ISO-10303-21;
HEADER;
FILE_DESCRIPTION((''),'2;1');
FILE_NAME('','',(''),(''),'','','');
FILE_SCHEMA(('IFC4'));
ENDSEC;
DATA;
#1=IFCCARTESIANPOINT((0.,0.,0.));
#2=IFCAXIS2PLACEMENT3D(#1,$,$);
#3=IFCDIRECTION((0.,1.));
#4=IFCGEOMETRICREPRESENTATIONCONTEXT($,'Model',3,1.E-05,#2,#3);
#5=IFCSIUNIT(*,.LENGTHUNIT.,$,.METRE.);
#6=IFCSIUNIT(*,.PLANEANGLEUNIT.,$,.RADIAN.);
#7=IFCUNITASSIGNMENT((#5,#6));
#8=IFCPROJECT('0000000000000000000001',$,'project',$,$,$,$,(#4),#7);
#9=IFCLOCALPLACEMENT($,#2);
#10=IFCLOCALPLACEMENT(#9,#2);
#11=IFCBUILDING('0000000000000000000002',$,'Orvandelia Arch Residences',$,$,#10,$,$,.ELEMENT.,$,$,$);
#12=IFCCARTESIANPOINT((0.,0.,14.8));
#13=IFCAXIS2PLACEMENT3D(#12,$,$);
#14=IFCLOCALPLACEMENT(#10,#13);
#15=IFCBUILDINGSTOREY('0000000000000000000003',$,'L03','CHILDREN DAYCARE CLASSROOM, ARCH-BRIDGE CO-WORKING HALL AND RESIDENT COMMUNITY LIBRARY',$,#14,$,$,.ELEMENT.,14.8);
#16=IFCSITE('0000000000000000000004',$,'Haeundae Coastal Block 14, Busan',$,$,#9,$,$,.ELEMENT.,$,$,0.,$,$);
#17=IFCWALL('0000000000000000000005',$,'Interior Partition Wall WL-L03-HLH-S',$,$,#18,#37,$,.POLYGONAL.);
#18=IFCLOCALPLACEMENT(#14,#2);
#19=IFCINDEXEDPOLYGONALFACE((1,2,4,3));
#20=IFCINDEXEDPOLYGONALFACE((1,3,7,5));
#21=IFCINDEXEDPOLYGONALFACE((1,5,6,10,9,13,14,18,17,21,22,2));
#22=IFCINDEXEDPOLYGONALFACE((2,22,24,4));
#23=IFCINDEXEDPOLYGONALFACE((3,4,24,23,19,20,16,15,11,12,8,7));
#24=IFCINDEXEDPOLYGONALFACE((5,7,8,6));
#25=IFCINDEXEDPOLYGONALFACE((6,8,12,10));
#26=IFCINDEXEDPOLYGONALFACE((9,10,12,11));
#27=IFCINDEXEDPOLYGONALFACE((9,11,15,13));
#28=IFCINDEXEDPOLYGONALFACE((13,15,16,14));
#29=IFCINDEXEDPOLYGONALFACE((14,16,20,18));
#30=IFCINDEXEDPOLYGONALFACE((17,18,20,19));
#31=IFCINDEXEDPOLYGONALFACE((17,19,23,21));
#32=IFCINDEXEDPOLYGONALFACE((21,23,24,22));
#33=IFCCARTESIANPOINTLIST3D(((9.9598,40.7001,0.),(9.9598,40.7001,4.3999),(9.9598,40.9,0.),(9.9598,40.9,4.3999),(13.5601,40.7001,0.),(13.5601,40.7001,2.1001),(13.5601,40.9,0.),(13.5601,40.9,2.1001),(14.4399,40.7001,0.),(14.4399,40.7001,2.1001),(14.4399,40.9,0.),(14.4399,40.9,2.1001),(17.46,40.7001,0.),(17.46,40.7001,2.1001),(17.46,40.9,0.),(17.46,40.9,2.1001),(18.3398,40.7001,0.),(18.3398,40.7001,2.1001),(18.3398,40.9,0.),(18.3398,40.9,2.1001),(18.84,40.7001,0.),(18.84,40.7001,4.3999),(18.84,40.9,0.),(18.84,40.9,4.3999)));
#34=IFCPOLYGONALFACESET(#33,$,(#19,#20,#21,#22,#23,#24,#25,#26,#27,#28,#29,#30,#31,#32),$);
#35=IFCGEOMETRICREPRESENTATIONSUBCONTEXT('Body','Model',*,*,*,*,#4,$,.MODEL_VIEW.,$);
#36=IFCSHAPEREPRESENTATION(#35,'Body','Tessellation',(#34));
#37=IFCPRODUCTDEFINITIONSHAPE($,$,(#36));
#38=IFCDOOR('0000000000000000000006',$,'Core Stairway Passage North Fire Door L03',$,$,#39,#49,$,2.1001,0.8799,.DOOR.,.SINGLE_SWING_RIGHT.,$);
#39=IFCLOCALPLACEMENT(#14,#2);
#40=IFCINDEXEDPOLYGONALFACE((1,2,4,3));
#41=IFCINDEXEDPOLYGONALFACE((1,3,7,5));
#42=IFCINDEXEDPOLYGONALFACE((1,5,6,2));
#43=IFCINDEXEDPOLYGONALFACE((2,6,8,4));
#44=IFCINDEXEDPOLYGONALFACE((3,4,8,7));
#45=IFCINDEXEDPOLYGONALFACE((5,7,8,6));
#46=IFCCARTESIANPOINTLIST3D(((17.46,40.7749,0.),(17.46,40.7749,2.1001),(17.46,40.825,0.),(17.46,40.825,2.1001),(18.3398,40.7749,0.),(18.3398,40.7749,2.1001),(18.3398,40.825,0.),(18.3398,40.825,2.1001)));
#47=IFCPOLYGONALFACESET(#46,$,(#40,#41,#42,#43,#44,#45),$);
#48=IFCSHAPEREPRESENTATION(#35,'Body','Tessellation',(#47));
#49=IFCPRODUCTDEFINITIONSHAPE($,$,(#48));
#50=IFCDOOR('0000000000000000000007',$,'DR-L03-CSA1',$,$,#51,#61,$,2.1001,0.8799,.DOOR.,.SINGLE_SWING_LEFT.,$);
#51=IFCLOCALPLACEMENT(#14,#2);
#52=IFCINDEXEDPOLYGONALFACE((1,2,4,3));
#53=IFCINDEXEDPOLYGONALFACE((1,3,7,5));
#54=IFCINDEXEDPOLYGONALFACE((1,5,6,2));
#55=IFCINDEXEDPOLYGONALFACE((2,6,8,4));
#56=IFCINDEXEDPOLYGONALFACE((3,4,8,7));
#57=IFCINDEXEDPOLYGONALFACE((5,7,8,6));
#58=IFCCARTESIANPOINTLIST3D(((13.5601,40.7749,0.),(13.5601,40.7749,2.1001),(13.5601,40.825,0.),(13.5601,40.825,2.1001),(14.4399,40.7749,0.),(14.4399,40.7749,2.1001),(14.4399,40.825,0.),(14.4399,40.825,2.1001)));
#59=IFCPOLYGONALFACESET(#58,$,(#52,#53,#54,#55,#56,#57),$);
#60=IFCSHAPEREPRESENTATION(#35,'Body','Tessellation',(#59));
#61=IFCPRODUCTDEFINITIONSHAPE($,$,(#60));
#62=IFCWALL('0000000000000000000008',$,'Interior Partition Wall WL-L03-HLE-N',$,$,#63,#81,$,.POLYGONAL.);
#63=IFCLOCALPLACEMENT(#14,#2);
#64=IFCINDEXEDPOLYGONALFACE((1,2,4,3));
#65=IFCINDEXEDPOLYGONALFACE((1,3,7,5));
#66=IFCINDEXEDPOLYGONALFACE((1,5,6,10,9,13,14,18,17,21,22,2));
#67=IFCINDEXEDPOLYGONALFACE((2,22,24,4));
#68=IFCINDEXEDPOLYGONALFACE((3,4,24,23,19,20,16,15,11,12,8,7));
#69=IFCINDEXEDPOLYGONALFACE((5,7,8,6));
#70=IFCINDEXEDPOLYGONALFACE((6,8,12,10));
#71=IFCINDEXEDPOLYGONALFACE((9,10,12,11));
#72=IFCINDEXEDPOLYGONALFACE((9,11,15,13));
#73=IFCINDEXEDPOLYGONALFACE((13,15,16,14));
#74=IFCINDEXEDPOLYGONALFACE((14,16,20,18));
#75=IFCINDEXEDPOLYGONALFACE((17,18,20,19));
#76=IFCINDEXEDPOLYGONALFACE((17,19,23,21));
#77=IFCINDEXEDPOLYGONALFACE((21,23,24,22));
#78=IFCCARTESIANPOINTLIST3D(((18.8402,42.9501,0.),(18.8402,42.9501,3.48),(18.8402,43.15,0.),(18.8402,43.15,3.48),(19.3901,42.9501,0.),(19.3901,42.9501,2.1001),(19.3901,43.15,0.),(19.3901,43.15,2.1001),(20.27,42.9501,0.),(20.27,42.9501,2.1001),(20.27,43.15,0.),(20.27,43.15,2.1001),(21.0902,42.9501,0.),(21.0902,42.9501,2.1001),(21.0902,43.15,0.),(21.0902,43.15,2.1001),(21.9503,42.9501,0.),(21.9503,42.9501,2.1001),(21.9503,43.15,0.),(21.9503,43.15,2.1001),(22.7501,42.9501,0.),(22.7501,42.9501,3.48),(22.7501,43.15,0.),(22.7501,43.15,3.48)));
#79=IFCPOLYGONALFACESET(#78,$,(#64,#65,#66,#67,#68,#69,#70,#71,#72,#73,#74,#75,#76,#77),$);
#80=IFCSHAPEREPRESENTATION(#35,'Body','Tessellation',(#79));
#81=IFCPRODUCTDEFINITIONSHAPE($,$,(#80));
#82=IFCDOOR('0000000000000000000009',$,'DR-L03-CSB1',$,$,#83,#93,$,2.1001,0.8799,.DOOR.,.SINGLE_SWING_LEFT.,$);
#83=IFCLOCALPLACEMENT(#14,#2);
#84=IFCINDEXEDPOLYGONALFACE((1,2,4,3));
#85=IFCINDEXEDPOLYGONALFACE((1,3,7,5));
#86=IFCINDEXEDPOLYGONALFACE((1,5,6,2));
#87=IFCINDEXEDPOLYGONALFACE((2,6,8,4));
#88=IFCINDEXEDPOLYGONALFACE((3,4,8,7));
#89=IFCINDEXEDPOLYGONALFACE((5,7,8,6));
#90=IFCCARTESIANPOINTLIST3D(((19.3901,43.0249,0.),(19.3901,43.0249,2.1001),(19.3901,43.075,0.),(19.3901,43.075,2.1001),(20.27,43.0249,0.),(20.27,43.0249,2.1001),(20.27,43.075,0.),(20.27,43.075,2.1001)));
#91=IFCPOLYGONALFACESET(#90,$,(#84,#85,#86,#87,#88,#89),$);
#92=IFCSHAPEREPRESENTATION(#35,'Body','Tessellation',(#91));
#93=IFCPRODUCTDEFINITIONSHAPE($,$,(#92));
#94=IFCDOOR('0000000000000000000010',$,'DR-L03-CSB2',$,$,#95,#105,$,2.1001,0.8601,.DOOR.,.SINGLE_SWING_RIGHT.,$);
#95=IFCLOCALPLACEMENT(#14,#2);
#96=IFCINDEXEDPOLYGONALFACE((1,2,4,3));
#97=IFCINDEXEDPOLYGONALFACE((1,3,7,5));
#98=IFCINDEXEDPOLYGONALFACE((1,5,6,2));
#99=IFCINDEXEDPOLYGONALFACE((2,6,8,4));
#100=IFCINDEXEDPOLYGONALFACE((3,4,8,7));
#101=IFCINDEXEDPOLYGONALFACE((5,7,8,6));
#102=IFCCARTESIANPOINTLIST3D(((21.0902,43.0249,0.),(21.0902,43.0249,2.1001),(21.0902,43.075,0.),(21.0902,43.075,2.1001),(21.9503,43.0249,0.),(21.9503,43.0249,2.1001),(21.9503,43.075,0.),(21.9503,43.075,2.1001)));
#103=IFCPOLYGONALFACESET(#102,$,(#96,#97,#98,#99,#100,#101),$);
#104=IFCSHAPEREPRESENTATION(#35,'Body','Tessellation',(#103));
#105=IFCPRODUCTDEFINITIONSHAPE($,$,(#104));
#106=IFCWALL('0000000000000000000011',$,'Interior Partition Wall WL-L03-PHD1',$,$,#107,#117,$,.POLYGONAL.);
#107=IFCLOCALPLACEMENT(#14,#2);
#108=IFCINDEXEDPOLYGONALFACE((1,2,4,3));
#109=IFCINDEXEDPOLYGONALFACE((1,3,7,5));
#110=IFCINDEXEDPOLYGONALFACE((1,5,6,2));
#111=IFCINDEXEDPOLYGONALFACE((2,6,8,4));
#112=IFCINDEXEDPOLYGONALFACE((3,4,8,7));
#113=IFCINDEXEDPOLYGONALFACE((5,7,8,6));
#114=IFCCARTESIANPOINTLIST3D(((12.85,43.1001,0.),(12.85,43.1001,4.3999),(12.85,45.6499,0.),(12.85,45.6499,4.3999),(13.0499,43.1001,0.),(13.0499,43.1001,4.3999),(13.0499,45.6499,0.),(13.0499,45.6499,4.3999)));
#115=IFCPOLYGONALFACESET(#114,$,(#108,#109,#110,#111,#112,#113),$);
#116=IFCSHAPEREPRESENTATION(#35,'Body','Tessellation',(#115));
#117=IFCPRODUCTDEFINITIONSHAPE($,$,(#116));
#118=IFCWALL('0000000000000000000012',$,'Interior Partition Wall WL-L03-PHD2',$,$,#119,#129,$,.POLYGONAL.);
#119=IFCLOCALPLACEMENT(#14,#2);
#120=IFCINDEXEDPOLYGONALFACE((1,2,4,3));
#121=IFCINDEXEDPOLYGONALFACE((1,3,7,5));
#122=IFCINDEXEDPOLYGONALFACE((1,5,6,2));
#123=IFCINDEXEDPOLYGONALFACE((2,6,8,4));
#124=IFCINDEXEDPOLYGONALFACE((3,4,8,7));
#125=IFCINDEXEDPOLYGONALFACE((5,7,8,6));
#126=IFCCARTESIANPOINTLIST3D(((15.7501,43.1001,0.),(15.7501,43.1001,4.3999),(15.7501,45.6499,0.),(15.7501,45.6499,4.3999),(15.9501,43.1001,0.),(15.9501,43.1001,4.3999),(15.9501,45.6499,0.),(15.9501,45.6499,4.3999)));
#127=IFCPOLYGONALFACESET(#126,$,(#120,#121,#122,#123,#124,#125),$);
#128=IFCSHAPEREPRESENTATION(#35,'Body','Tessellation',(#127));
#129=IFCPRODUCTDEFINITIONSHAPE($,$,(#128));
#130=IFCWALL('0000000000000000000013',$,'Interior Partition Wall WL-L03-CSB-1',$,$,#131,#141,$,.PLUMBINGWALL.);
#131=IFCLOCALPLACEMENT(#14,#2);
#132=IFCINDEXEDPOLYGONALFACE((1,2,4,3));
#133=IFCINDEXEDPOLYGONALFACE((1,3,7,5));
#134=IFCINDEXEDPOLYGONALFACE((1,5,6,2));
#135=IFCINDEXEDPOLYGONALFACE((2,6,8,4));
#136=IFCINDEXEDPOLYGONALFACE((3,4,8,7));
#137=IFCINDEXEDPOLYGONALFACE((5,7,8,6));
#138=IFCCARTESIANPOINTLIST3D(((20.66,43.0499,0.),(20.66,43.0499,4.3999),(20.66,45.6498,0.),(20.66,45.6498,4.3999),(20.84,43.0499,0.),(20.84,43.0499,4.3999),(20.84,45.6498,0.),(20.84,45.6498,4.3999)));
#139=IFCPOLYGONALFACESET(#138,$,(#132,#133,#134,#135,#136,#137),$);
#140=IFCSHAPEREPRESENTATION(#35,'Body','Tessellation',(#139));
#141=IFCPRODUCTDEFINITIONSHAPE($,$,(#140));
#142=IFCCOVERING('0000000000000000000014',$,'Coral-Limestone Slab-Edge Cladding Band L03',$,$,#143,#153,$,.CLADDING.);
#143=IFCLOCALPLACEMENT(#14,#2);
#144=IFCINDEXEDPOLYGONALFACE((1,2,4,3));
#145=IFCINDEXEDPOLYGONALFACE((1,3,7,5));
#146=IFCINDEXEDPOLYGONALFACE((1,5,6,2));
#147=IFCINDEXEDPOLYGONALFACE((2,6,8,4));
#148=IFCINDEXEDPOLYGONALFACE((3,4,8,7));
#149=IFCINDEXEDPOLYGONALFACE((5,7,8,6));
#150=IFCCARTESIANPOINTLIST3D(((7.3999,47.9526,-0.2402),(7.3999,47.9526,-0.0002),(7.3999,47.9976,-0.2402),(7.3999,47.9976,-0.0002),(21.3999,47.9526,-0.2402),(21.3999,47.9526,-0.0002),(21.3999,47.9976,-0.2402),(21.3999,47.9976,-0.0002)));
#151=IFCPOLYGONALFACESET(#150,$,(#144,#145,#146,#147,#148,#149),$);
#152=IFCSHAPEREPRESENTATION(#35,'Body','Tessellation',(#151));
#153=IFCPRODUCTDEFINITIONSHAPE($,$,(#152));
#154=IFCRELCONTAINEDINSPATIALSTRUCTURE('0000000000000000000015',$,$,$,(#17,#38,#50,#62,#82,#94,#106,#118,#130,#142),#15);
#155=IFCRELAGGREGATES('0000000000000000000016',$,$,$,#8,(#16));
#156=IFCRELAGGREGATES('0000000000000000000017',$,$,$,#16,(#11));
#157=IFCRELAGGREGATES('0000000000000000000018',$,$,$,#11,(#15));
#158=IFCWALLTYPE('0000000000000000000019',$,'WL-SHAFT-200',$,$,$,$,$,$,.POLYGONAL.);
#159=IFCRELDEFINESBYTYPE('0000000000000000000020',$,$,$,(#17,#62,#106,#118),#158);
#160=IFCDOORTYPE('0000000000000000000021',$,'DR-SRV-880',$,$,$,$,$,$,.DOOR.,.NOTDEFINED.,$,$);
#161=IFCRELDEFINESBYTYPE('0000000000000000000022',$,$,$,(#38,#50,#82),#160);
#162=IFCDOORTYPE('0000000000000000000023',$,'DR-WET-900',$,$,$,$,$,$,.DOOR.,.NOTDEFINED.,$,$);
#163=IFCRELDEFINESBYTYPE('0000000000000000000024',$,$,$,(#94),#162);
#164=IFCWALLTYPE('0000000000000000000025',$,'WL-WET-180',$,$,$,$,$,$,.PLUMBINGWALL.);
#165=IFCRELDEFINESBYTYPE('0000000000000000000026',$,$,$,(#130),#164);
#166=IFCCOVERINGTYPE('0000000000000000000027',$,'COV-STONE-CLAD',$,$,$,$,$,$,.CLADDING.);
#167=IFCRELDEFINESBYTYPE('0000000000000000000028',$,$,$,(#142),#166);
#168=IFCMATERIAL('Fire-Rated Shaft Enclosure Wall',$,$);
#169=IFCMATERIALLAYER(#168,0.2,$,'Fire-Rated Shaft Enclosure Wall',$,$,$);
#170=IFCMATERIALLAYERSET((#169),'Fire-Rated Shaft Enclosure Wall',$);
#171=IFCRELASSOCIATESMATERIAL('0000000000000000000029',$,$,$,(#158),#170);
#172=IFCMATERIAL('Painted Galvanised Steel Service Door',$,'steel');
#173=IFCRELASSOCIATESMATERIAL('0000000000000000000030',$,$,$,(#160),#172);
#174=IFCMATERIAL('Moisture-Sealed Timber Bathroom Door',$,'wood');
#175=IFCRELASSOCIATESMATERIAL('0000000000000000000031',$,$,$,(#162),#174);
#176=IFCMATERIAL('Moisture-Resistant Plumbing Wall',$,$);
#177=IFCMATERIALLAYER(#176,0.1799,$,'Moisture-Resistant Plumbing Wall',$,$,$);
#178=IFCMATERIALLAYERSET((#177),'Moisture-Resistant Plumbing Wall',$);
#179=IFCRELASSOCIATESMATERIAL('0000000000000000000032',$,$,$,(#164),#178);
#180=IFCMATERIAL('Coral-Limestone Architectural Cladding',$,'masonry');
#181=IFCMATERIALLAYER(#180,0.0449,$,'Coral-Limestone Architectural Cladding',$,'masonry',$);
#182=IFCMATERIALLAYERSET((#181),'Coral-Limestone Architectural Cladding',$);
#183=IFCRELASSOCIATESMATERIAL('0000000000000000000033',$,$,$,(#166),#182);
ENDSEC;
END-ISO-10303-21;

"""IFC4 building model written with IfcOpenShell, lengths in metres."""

from ifc_helpers import new_model, si_unit, direction, frame, frame_2d, origin, origin_2d, place, context, subcontext, project, spatial, rectangle, extrude, material, layer, layer_set, type_object, element, fill, save


model = new_model("IFC4")

# Units and contexts
model_context = context("Model", 3, precision=1e-05, world=origin(), true_north=direction((0.0, 1.0)))
body_context = subcontext(model_context, "Body", "Model", "MODEL_VIEW")
ifc_project = project(units=[si_unit("LENGTHUNIT", "METRE"), si_unit("PLANEANGLEUNIT", "RADIAN")], contexts=[model_context])

# Site, building, storey
site_placement = place(None, origin())
site = spatial("IfcSite", under=ifc_project, at=site_placement, Name="Haeundae Coastal Block 14, Busan", CompositionType="ELEMENT", RefElevation=0.0)
building_placement = place(site_placement, origin())
building = spatial("IfcBuilding", under=site, at=building_placement, Name="Orvandelia Arch Residences", CompositionType="ELEMENT")
storey_placement = place(building_placement, frame((0.0, 0.0, 14.8)))
storey = spatial("IfcBuildingStorey", under=building, at=storey_placement, Name="L03", Description="CHILDREN DAYCARE CLASSROOM, ARCH-BRIDGE CO-WORKING HALL AND RESIDENT COMMUNITY LIBRARY", CompositionType="ELEMENT", Elevation=14.8)

# Shared definitions
ifc_material_1 = material(Name="Fire-Rated Shaft Enclosure Wall")
ifc_layer_1 = layer(ifc_material_1, 0.2, Name="Fire-Rated Shaft Enclosure Wall")
ifc_layer_set_1 = layer_set([ifc_layer_1], Name="Fire-Rated Shaft Enclosure Wall")
wall_type_1 = type_object("IfcWallType", Name="WL-SHAFT-200", PredefinedType="POLYGONAL", material=ifc_layer_set_1)

# Walls, openings, doors
wall_1_placement = place(storey_placement, frame((9.96, 40.8, 0.0), z_axis=(0.0, 0.0, 1.0), x_axis=(1.0, 0.0, 0.0)))
wall_1 = element("IfcWall", 1, at=wall_1_placement, inside=storey, type_object=wall_type_1, Name="Interior Partition Wall WL-L03-HLH-S", PredefinedType="POLYGONAL", context=body_context, shape_type="SweptSolid", body=[
    extrude(rectangle(XDim=8.8801, YDim=0.2, at=frame_2d((4.4399, 0.0))), origin(), (0.0, 0.0, 1.0), 4.3999),
])
opening_1_placement = place(wall_1_placement, frame((7.5, 0.0, 0.0)))
opening_1 = element("IfcOpeningElement", 2, at=opening_1_placement, cuts=wall_1, PredefinedType="OPENING", context=body_context, shape_type="SweptSolid", body=[
    extrude(rectangle(XDim=0.8799, YDim=2.1001, at=frame_2d((0.4399, 1.05))), frame((0.0, 0.1099, 0.0), z_axis=(0.0, -1.0, 0.0), x_axis=(1.0, 0.0, 0.0)), (0.0, 0.0, 1.0), 0.22),
])
opening_2_placement = place(wall_1_placement, frame((3.6001, 0.0, 0.0)))
opening_2 = element("IfcOpeningElement", 3, at=opening_2_placement, cuts=wall_1, PredefinedType="OPENING", context=body_context, shape_type="SweptSolid", body=[
    extrude(rectangle(XDim=0.8799, YDim=2.1001, at=frame_2d((0.4399, 1.05))), frame((0.0, 0.1099, 0.0), z_axis=(0.0, -1.0, 0.0), x_axis=(1.0, 0.0, 0.0)), (0.0, 0.0, 1.0), 0.22),
])
ifc_material_2 = material(Name="Painted Galvanised Steel Service Door", Category="steel")
door_type_1 = type_object("IfcDoorType", Name="DR-SRV-880", OperationType="NOTDEFINED", PredefinedType="DOOR", material=ifc_material_2)
door_1_placement = place(opening_1_placement, origin())
door_1 = element("IfcDoor", 4, at=door_1_placement, inside=storey, type_object=door_type_1, Name="Core Stairway Passage North Fire Door L03", OperationType="SINGLE_SWING_RIGHT", OverallHeight=2.1001, OverallWidth=0.8799, PredefinedType="DOOR", context=body_context, shape_type="SweptSolid", body=[
    extrude(rectangle(XDim=0.8799, YDim=2.1001, at=frame_2d((0.4399, 1.05))), frame((0.0, 0.0249, 0.0), z_axis=(0.0, -1.0, 0.0), x_axis=(1.0, 0.0, 0.0)), (0.0, 0.0, 1.0), 0.05),
])
fill(opening_1, door_1)
door_2_placement = place(opening_2_placement, origin())
door_2 = element("IfcDoor", 5, at=door_2_placement, inside=storey, type_object=door_type_1, Name="DR-L03-CSA1", OperationType="SINGLE_SWING_LEFT", OverallHeight=2.1001, OverallWidth=0.8799, PredefinedType="DOOR", context=body_context, shape_type="SweptSolid", body=[
    extrude(rectangle(XDim=0.8799, YDim=2.1001, at=frame_2d((0.4399, 1.05))), frame((0.0, 0.0249, 0.0), z_axis=(0.0, -1.0, 0.0), x_axis=(1.0, 0.0, 0.0)), (0.0, 0.0, 1.0), 0.05),
])
fill(opening_2, door_2)
wall_2_placement = place(storey_placement, frame((18.8401, 43.05, 0.0), z_axis=(0.0, 0.0, 1.0), x_axis=(1.0, 0.0, 0.0)))
wall_2 = element("IfcWall", 6, at=wall_2_placement, inside=storey, type_object=wall_type_1, Name="Interior Partition Wall WL-L03-HLE-N", PredefinedType="POLYGONAL", context=body_context, shape_type="SweptSolid", body=[
    extrude(rectangle(XDim=3.9099, YDim=0.2, at=frame_2d((1.9551, 0.0))), origin(), (0.0, 0.0, 1.0), 3.48),
])
opening_3_placement = place(wall_2_placement, frame((0.55, 0.0, 0.0)))
opening_3 = element("IfcOpeningElement", 7, at=opening_3_placement, cuts=wall_2, PredefinedType="OPENING", context=body_context, shape_type="SweptSolid", body=[
    extrude(rectangle(XDim=0.8799, YDim=2.1001, at=frame_2d((0.4399, 1.05))), frame((0.0, 0.1099, 0.0), z_axis=(0.0, -1.0, 0.0), x_axis=(1.0, 0.0, 0.0)), (0.0, 0.0, 1.0), 0.22),
])
opening_4_placement = place(wall_2_placement, frame((2.25, 0.0, 0.0)))
opening_4 = element("IfcOpeningElement", 8, at=opening_4_placement, cuts=wall_2, PredefinedType="OPENING", context=body_context, shape_type="SweptSolid", body=[
    extrude(rectangle(XDim=0.8601, YDim=2.1001, at=frame_2d((0.4302, 1.05))), frame((0.0, 0.1099, 0.0), z_axis=(0.0, -1.0, 0.0), x_axis=(1.0, 0.0, 0.0)), (0.0, 0.0, 1.0), 0.22),
])
door_3_placement = place(opening_3_placement, origin())
door_3 = element("IfcDoor", 9, at=door_3_placement, inside=storey, type_object=door_type_1, Name="DR-L03-CSB1", OperationType="SINGLE_SWING_LEFT", OverallHeight=2.1001, OverallWidth=0.8799, PredefinedType="DOOR", context=body_context, shape_type="SweptSolid", body=[
    extrude(rectangle(XDim=0.8799, YDim=2.1001, at=frame_2d((0.4399, 1.05))), frame((0.0, 0.0249, 0.0), z_axis=(0.0, -1.0, 0.0), x_axis=(1.0, 0.0, 0.0)), (0.0, 0.0, 1.0), 0.05),
])
fill(opening_3, door_3)
ifc_material_3 = material(Name="Moisture-Sealed Timber Bathroom Door", Category="wood")
door_type_2 = type_object("IfcDoorType", Name="DR-WET-900", OperationType="NOTDEFINED", PredefinedType="DOOR", material=ifc_material_3)
door_4_placement = place(opening_4_placement, origin())
door_4 = element("IfcDoor", 10, at=door_4_placement, inside=storey, type_object=door_type_2, Name="DR-L03-CSB2", OperationType="SINGLE_SWING_RIGHT", OverallHeight=2.1001, OverallWidth=0.8601, PredefinedType="DOOR", context=body_context, shape_type="SweptSolid", body=[
    extrude(rectangle(XDim=0.8601, YDim=2.1001, at=frame_2d((0.4302, 1.05))), frame((0.0, 0.0249, 0.0), z_axis=(0.0, -1.0, 0.0), x_axis=(1.0, 0.0, 0.0)), (0.0, 0.0, 1.0), 0.05),
])
fill(opening_4, door_4)

# Walls
for number, where, z_axis, x_axis, name in (
    (11, (12.95, 43.1001, 0.0), (0.0, 0.0, 1.0), (0.0, 1.0, 0.0), "Interior Partition Wall WL-L03-PHD1"),
    (12, (15.8501, 43.1001, 0.0), (0.0, 0.0, 1.0), (0.0, 1.0, 0.0), "Interior Partition Wall WL-L03-PHD2"),
):
    element("IfcWall", number, at=place(storey_placement, frame(where, z_axis=z_axis, x_axis=x_axis)), inside=storey, type_object=wall_type_1, Name=name, PredefinedType="POLYGONAL", context=body_context, shape_type="SweptSolid", body=[
        extrude(rectangle(XDim=2.5498, YDim=0.2, at=frame_2d((1.2749, 0.0))), origin(), (0.0, 0.0, 1.0), 4.3999),
    ])
ifc_material_4 = material(Name="Moisture-Resistant Plumbing Wall")
ifc_layer_2 = layer(ifc_material_4, 0.1799, Name="Moisture-Resistant Plumbing Wall")
ifc_layer_set_2 = layer_set([ifc_layer_2], Name="Moisture-Resistant Plumbing Wall")
wall_type_2 = type_object("IfcWallType", Name="WL-WET-180", PredefinedType="PLUMBINGWALL", material=ifc_layer_set_2)
wall_3_placement = place(storey_placement, frame((20.75, 43.05, 0.0), z_axis=(0.0, 0.0, 1.0), x_axis=(0.0, 1.0, 0.0)))
element("IfcWall", 13, at=wall_3_placement, inside=storey, type_object=wall_type_2, Name="Interior Partition Wall WL-L03-CSB-1", PredefinedType="PLUMBINGWALL", context=body_context, shape_type="SweptSolid", body=[
    extrude(rectangle(XDim=2.5999, YDim=0.1799, at=frame_2d((1.2998, 0.0))), origin(), (0.0, 0.0, 1.0), 4.3999),
])

# Covering
ifc_material_5 = material(Name="Coral-Limestone Architectural Cladding", Category="masonry")
ifc_layer_3 = layer(ifc_material_5, 0.0449, Name="Coral-Limestone Architectural Cladding", Category="masonry")
ifc_layer_set_3 = layer_set([ifc_layer_3], Name="Coral-Limestone Architectural Cladding")
covering_type = type_object("IfcCoveringType", Name="COV-STONE-CLAD", PredefinedType="CLADDING", material=ifc_layer_set_3)
covering_placement = place(storey_placement, frame((14.3999, 47.9751, -0.2402), z_axis=(0.0, 0.0, 1.0), x_axis=(1.0, 0.0, 0.0)))
element("IfcCovering", 14, at=covering_placement, inside=storey, type_object=covering_type, Name="Coral-Limestone Slab-Edge Cladding Band L03", PredefinedType="CLADDING", context=body_context, shape_type="SweptSolid", body=[
    extrude(rectangle(XDim=14.0, YDim=0.0449, at=origin_2d()), origin(), (0.0, 0.0, 1.0), 0.24),
])

save(model, "model.ifc")
